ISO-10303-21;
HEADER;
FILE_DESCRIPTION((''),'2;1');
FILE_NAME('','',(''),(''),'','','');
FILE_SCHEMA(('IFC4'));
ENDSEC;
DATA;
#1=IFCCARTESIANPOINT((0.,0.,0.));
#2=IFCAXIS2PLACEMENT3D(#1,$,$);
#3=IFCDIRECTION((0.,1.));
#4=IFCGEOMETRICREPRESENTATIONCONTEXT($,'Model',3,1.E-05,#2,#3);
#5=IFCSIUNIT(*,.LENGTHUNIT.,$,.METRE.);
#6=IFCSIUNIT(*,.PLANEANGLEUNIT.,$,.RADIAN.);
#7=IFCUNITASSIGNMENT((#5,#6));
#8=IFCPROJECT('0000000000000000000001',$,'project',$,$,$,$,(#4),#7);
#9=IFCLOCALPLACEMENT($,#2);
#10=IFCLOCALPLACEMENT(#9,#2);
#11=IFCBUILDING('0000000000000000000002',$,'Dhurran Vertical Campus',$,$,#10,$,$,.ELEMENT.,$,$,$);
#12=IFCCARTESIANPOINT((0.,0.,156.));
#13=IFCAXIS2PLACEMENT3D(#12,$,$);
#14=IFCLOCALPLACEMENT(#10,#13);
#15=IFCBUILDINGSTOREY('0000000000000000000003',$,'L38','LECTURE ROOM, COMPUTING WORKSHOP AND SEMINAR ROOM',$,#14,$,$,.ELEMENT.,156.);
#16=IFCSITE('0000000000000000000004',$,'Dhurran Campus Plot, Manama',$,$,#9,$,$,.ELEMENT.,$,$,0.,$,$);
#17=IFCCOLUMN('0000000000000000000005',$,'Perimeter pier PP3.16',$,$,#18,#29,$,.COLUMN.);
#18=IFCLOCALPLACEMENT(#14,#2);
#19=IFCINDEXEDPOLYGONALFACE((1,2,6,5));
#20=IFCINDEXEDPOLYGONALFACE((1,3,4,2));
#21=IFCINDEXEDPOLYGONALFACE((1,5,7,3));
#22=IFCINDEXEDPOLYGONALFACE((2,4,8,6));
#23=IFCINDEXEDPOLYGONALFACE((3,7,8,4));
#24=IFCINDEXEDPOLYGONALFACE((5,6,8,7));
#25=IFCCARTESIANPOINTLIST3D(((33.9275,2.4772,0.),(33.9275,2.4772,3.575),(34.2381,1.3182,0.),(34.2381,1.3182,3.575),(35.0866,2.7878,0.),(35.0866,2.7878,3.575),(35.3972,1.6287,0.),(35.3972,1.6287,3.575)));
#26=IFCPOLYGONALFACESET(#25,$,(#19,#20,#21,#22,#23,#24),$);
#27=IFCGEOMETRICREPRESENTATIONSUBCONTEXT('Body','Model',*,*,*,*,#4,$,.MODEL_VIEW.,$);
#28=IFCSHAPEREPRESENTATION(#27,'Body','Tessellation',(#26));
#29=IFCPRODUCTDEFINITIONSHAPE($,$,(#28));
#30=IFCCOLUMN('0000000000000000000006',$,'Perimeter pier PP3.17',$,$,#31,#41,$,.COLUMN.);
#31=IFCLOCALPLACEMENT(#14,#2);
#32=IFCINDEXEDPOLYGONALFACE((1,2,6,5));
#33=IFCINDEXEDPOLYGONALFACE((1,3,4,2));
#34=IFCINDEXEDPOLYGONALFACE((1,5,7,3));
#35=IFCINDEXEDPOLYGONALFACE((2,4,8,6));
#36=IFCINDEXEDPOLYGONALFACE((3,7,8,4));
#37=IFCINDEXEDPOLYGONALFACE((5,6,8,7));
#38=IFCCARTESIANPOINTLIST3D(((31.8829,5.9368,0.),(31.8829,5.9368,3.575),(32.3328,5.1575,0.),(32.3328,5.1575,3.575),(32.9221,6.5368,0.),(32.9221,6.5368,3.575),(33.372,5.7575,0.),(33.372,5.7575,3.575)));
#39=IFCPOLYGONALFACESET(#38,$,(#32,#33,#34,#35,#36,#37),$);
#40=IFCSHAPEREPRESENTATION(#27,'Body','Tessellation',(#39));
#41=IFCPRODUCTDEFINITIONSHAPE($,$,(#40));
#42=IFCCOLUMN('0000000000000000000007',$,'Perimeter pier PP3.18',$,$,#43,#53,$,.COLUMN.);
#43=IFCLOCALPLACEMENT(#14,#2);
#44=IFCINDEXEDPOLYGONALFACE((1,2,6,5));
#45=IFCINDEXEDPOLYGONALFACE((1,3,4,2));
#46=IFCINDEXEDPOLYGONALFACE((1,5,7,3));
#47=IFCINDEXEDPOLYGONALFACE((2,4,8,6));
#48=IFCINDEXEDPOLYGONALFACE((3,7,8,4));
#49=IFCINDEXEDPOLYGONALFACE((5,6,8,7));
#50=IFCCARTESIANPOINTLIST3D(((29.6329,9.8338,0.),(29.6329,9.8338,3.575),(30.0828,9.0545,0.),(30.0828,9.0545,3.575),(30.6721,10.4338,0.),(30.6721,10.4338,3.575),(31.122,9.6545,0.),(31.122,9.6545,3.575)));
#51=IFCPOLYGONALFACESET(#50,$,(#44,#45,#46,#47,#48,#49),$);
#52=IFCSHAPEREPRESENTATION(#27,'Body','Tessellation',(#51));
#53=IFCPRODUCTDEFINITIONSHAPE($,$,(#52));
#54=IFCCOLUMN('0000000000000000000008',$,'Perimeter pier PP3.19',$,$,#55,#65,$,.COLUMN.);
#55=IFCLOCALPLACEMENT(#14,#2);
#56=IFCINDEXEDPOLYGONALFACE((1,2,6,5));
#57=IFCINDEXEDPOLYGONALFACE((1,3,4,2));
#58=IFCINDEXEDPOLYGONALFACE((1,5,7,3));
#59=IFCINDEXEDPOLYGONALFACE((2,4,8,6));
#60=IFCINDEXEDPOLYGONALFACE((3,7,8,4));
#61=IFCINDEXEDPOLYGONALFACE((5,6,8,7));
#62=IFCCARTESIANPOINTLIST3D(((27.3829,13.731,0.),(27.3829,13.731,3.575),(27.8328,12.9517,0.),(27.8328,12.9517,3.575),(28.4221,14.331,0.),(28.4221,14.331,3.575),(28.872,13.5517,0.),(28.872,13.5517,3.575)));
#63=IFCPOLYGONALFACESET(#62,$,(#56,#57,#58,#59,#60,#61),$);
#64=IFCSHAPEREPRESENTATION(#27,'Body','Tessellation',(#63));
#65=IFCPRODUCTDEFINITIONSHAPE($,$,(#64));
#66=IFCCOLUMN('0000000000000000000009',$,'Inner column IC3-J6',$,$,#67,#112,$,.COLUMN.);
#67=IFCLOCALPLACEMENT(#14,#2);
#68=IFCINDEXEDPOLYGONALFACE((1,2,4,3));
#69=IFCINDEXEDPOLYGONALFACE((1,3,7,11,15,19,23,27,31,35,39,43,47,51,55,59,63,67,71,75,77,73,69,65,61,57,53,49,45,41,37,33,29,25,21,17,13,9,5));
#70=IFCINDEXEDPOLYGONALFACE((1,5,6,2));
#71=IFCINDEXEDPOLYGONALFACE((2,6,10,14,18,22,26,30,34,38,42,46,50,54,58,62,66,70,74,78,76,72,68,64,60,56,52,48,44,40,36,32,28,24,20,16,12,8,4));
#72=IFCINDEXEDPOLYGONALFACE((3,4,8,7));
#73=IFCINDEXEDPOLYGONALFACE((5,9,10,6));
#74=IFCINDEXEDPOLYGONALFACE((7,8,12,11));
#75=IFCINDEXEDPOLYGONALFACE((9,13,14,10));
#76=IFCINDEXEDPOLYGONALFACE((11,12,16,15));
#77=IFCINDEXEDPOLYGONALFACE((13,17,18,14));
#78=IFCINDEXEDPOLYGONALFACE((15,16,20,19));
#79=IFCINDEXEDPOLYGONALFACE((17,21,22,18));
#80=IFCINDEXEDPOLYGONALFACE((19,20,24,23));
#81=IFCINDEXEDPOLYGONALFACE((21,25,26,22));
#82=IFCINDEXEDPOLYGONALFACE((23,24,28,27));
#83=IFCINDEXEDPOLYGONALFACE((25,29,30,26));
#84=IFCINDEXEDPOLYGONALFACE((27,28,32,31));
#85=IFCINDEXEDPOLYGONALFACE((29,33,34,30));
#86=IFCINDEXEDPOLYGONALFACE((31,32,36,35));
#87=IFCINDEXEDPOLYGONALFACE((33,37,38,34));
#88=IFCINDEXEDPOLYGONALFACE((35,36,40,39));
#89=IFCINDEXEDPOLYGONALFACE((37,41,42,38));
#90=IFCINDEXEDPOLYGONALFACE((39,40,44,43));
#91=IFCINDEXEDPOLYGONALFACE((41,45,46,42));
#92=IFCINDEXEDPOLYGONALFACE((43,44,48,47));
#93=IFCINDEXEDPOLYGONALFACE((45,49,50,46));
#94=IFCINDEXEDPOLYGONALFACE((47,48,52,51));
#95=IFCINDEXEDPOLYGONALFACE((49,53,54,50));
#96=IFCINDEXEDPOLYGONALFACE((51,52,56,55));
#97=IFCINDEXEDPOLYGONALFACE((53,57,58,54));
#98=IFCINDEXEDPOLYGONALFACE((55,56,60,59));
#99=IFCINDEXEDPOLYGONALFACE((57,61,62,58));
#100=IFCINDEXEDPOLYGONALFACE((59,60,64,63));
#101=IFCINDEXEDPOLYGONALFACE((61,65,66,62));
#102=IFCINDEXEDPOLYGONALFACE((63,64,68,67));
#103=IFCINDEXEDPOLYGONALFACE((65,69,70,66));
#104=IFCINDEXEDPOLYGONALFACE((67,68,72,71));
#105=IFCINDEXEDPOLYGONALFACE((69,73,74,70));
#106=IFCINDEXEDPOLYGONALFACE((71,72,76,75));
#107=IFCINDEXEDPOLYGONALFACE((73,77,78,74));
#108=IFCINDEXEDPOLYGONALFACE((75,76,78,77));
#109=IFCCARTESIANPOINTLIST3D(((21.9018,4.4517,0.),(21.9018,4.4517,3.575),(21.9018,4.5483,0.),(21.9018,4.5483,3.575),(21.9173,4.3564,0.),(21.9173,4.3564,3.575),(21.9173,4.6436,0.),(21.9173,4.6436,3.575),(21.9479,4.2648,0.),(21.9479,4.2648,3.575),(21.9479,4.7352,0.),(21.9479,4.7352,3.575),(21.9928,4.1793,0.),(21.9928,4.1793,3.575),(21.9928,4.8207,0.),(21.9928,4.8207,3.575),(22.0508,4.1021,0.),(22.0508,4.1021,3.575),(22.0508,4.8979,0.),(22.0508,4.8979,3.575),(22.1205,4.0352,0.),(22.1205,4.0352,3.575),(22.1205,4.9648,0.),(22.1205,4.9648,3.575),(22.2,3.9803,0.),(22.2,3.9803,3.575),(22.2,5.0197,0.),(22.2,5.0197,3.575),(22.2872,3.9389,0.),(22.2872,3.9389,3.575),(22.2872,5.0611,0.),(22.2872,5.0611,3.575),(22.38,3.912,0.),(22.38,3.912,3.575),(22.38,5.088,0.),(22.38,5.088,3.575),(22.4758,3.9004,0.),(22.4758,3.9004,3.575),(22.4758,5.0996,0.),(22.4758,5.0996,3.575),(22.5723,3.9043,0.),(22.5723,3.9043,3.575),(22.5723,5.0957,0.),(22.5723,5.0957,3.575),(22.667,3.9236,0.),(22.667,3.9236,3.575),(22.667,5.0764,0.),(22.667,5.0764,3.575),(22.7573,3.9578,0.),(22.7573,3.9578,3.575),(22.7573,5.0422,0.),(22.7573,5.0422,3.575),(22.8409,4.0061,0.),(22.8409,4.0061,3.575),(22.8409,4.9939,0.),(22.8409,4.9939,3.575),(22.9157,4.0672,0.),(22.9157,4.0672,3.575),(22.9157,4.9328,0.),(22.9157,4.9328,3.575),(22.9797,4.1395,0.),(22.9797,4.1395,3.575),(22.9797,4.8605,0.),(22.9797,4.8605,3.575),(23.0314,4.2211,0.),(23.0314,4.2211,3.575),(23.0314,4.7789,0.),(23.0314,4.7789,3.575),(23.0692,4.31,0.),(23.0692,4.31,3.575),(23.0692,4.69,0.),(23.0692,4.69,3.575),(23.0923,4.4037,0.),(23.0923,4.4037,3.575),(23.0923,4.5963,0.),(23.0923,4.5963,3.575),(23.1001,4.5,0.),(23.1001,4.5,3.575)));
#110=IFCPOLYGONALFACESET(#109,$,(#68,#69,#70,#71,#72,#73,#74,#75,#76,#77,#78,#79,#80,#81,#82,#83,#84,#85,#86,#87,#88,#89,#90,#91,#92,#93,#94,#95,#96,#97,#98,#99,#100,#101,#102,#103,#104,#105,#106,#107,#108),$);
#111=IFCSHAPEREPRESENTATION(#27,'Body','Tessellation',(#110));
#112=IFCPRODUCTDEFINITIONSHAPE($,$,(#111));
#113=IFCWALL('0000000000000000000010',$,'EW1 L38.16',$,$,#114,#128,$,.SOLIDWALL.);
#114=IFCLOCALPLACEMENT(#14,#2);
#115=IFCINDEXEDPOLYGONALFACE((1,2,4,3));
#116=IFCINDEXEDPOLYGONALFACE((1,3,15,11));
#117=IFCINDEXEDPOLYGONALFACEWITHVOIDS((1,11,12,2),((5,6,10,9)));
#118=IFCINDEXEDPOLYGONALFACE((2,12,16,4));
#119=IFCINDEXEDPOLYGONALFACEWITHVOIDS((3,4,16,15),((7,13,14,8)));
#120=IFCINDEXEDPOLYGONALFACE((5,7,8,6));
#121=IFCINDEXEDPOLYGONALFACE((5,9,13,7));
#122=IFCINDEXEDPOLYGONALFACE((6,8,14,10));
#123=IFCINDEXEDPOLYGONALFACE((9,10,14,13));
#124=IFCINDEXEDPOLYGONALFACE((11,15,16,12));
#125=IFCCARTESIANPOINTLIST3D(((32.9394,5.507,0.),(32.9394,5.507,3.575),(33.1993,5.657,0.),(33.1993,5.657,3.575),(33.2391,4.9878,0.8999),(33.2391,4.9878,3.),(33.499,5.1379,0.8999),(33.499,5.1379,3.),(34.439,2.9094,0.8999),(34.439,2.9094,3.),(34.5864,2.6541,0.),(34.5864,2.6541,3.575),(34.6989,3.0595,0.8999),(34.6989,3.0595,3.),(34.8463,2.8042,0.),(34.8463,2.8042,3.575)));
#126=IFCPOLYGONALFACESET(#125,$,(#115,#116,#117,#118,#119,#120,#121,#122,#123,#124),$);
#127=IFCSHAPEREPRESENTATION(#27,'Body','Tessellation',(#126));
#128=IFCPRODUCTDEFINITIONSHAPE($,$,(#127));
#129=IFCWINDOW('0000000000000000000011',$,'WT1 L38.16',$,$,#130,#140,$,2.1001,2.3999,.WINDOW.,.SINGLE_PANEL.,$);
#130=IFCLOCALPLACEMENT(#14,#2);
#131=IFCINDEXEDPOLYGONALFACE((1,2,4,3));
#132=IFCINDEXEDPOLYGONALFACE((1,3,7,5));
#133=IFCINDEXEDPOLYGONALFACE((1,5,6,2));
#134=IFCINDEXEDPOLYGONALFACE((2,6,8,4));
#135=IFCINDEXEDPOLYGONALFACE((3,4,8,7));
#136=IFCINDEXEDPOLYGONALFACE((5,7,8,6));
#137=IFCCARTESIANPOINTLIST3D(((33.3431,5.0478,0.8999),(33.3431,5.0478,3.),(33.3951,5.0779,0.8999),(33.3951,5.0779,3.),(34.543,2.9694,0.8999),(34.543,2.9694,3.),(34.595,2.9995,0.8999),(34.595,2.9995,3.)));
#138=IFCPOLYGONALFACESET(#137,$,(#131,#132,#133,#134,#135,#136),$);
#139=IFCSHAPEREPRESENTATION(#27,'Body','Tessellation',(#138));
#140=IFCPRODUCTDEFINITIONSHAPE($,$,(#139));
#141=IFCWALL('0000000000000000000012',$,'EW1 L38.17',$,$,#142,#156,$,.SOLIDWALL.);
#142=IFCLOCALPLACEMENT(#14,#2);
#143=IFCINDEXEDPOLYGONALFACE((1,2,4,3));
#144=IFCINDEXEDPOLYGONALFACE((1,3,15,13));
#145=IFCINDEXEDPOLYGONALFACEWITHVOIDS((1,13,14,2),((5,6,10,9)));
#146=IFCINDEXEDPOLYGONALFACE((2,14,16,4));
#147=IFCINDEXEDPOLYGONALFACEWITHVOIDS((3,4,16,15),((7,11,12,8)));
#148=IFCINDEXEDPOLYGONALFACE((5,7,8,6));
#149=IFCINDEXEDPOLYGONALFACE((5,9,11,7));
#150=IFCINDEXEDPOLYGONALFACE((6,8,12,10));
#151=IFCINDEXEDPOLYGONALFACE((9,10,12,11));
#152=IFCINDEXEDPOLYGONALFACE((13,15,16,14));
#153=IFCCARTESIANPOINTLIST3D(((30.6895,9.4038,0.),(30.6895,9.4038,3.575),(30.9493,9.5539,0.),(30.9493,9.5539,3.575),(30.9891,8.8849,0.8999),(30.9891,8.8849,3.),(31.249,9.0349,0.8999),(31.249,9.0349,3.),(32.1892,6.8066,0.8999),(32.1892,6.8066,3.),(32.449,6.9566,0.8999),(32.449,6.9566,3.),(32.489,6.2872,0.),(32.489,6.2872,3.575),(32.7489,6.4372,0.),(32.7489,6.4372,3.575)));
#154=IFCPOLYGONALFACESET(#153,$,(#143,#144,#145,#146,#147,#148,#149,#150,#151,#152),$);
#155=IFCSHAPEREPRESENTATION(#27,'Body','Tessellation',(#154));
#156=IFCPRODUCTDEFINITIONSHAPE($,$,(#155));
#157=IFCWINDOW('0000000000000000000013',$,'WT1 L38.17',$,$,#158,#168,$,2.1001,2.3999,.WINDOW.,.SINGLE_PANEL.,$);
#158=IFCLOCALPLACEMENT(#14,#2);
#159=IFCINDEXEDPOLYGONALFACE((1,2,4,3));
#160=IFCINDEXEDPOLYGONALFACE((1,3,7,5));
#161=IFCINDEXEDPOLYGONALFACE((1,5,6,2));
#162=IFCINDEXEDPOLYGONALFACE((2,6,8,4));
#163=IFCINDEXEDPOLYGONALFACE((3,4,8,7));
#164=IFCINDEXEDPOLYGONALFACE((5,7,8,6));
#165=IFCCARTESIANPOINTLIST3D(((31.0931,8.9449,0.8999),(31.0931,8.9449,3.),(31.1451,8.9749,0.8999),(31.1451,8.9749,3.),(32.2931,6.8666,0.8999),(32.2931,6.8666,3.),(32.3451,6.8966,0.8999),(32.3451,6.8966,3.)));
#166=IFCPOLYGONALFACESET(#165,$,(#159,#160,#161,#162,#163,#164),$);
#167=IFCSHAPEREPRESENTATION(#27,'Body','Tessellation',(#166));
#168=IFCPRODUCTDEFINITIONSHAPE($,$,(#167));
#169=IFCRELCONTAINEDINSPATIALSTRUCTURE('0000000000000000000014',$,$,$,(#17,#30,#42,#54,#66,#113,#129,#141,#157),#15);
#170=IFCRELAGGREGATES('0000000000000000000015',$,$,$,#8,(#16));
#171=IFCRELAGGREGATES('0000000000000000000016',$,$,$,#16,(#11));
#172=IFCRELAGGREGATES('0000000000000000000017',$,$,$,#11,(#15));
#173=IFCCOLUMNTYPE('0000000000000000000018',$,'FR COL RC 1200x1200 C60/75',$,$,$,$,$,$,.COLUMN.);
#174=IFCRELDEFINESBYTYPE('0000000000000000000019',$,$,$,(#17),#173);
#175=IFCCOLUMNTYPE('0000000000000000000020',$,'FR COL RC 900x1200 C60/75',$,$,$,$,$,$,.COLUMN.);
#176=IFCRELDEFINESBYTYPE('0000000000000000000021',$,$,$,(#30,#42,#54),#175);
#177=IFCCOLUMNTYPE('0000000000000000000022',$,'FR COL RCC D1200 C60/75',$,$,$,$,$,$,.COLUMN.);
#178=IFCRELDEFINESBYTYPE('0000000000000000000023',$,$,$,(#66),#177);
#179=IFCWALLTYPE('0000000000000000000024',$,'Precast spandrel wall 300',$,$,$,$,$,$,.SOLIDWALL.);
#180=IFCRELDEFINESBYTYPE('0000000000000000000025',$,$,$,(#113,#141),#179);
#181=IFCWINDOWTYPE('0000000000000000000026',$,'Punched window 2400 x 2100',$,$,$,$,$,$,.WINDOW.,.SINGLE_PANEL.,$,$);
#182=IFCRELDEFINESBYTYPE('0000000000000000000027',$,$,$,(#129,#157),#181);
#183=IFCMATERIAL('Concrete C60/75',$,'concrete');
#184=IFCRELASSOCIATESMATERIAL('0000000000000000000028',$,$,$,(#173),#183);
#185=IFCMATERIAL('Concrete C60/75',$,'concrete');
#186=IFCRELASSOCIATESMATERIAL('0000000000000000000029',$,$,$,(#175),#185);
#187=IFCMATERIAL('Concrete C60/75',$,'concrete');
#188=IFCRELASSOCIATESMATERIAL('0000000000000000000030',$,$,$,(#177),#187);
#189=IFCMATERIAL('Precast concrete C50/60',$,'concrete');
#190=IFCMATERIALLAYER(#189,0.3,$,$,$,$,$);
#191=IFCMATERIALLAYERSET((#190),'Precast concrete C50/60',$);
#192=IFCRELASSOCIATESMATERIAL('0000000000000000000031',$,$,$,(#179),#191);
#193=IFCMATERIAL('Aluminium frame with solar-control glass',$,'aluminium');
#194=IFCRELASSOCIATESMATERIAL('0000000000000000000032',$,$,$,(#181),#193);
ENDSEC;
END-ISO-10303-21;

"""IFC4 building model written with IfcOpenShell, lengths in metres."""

from ifc_helpers import new_model, si_unit, direction, frame, frame_2d, origin, origin_2d, place, context, subcontext, project, spatial, rectangle, circle, extrude, material, layer, layer_set, material_profile, profile_set, type_object, element, fill, save


model = new_model("IFC4")

# Units and contexts
model_context = context("Model", 3, precision=1e-05, world=origin(), true_north=direction((0.0, 1.0)))
body_context = subcontext(model_context, "Body", "Model", "MODEL_VIEW")
ifc_project = project(units=[si_unit("LENGTHUNIT", "METRE"), si_unit("PLANEANGLEUNIT", "RADIAN")], contexts=[model_context])

# Site, building, storey
site_placement = place(None, origin())
site = spatial("IfcSite", under=ifc_project, at=site_placement, Name="Dhurran Campus Plot, Manama", CompositionType="ELEMENT", RefElevation=0.0)
building_placement = place(site_placement, origin())
building = spatial("IfcBuilding", under=site, at=building_placement, Name="Dhurran Vertical Campus", CompositionType="ELEMENT")
storey_placement = place(building_placement, frame((0.0, 0.0, 156.0)))
storey = spatial("IfcBuildingStorey", under=building, at=storey_placement, Name="L38", Description="LECTURE ROOM, COMPUTING WORKSHOP AND SEMINAR ROOM", CompositionType="ELEMENT", Elevation=156.0)

# Columns
ifc_material_1 = material(Name="Concrete C60/75", Category="concrete")
ifc_material_profile_1 = material_profile(ifc_material_1, rectangle(XDim=1.2, YDim=1.2, at=origin_2d()), Name="RC 1200x1200")
ifc_profile_set_1 = profile_set([ifc_material_profile_1], Name="Concrete C60/75")
column_type_1 = type_object("IfcColumnType", Name="FR COL RC 1200x1200 C60/75", PredefinedType="COLUMN", material=ifc_profile_set_1)
column_1_placement = place(storey_placement, frame((34.6624, 2.053, 0.0), z_axis=(0.0, 0.0, 1.0), x_axis=(-0.258819, 0.965926, 0.0)))
element("IfcColumn", 1, at=column_1_placement, inside=storey, type_object=column_type_1, Name="Perimeter pier PP3.16", PredefinedType="COLUMN", context=body_context, shape_type="SweptSolid", body=[
    extrude(rectangle(XDim=1.2, YDim=1.2, at=origin_2d()), origin(), (0.0, 0.0, 1.0), 3.575),
])
ifc_material_2 = material(Name="Concrete C60/75", Category="concrete")
ifc_material_profile_2 = material_profile(ifc_material_2, rectangle(XDim=0.8999, YDim=1.2, at=origin_2d()), Name="RC 900x1200")
ifc_profile_set_2 = profile_set([ifc_material_profile_2], Name="Concrete C60/75")
column_type_2 = type_object("IfcColumnType", Name="FR COL RC 900x1200 C60/75", PredefinedType="COLUMN", material=ifc_profile_set_2)
for number, where, z_axis, x_axis, name in (
    (2, (32.6274, 5.8472, 0.0), (0.0, 0.0, 1.0), (-0.5, 0.866025, 0.0), "Perimeter pier PP3.17"),
    (3, (30.3774, 9.7441, 0.0), (0.0, 0.0, 1.0), (-0.5, 0.866025, 0.0), "Perimeter pier PP3.18"),
    (4, (28.1274, 13.6414, 0.0), (0.0, 0.0, 1.0), (-0.5, 0.866025, 0.0), "Perimeter pier PP3.19"),
):
    element("IfcColumn", number, at=place(storey_placement, frame(where, z_axis=z_axis, x_axis=x_axis)), inside=storey, type_object=column_type_2, Name=name, PredefinedType="COLUMN", context=body_context, shape_type="SweptSolid", body=[
        extrude(rectangle(XDim=0.8999, YDim=1.2, at=origin_2d()), origin(), (0.0, 0.0, 1.0), 3.575),
    ])
ifc_material_3 = material(Name="Concrete C60/75", Category="concrete")
ifc_material_profile_3 = material_profile(ifc_material_3, circle(Radius=0.6001, at=origin_2d()), Name="RCC D1200")
ifc_profile_set_3 = profile_set([ifc_material_profile_3], Name="Concrete C60/75")
column_type_3 = type_object("IfcColumnType", Name="FR COL RCC D1200 C60/75", PredefinedType="COLUMN", material=ifc_profile_set_3)
column_2_placement = place(storey_placement, frame((22.5, 4.5, 0.0), z_axis=(0.0, 0.0, 1.0), x_axis=(1.0, 0.0, 0.0)))
element("IfcColumn", 5, at=column_2_placement, inside=storey, type_object=column_type_3, Name="Inner column IC3-J6", PredefinedType="COLUMN", context=body_context, shape_type="SweptSolid", body=[
    extrude(circle(Radius=0.6001, at=origin_2d()), origin(), (0.0, 0.0, 1.0), 3.575),
])

# Walls, openings, windows
ifc_material_4 = material(Name="Precast concrete C50/60", Category="concrete")
ifc_layer_1 = layer(ifc_material_4, 0.3)
ifc_layer_set_1 = layer_set([ifc_layer_1], Name="Precast concrete C50/60")
wall_type_1 = type_object("IfcWallType", Name="Precast spandrel wall 300", PredefinedType="SOLIDWALL", material=ifc_layer_set_1)
wall_1_placement = place(storey_placement, frame((34.7163, 2.7292, 0.0), z_axis=(0.0, 0.0, 1.0), x_axis=(-0.499981, 0.866036, 0.0)))
wall_1 = element("IfcWall", 6, at=wall_1_placement, inside=storey, type_object=wall_type_1, Name="EW1 L38.16", PredefinedType="SOLIDWALL", context=body_context, shape_type="SweptSolid", body=[
    extrude(rectangle(XDim=3.2942, YDim=0.3, at=frame_2d((1.647, 0.0))), origin(), (0.0, 0.0, 1.0), 3.575),
])
opening_1_placement = place(wall_1_placement, frame((0.2947, 0.0, 0.8999)))
opening_1 = element("IfcOpeningElement", 7, at=opening_1_placement, cuts=wall_1, PredefinedType="OPENING", context=body_context, shape_type="SweptSolid", body=[
    extrude(rectangle(XDim=2.3999, YDim=2.1001, at=frame_2d((1.2, 1.05))), frame((0.0, 0.1599, 0.0), z_axis=(0.0, -1.0, 0.0), x_axis=(1.0, 0.0, 0.0)), (0.0, 0.0, 1.0), 0.3201),
])
ifc_material_5 = material(Name="Aluminium frame with solar-control glass", Category="aluminium")
window_type = type_object("IfcWindowType", Name="Punched window 2400 x 2100", PartitioningType="SINGLE_PANEL", PredefinedType="WINDOW", material=ifc_material_5)
window_1_placement = place(opening_1_placement, origin())
window_1 = element("IfcWindow", 8, at=window_1_placement, inside=storey, type_object=window_type, Name="WT1 L38.16", OverallHeight=2.1001, OverallWidth=2.3999, PartitioningType="SINGLE_PANEL", PredefinedType="WINDOW", context=body_context, shape_type="SweptSolid", body=[
    extrude(rectangle(XDim=2.3999, YDim=2.1001, at=frame_2d((1.2, 1.05))), frame((0.0, 0.03, 0.0), z_axis=(0.0, -1.0, 0.0), x_axis=(1.0, 0.0, 0.0)), (0.0, 0.0, 1.0), 0.0601),
])
fill(opening_1, window_1)
wall_2_placement = place(storey_placement, frame((32.6189, 6.3623, 0.0), z_axis=(0.0, 0.0, 1.0), x_axis=(-0.500028, 0.866009, 0.0)))
wall_2 = element("IfcWall", 9, at=wall_2_placement, inside=storey, type_object=wall_type_1, Name="EW1 L38.17", PredefinedType="SOLIDWALL", context=body_context, shape_type="SweptSolid", body=[
    extrude(rectangle(XDim=3.5989, YDim=0.3, at=frame_2d((1.7993, 0.0))), origin(), (0.0, 0.0, 1.0), 3.575),
])
opening_2_placement = place(wall_2_placement, frame((0.5996, 0.0, 0.8999)))
opening_2 = element("IfcOpeningElement", 10, at=opening_2_placement, cuts=wall_2, PredefinedType="OPENING", context=body_context, shape_type="SweptSolid", body=[
    extrude(rectangle(XDim=2.3999, YDim=2.1001, at=frame_2d((1.2, 1.05))), frame((0.0, 0.1599, 0.0), z_axis=(0.0, -1.0, 0.0), x_axis=(1.0, 0.0, 0.0)), (0.0, 0.0, 1.0), 0.3201),
])
window_2_placement = place(opening_2_placement, origin())
window_2 = element("IfcWindow", 11, at=window_2_placement, inside=storey, type_object=window_type, Name="WT1 L38.17", OverallHeight=2.1001, OverallWidth=2.3999, PartitioningType="SINGLE_PANEL", PredefinedType="WINDOW", context=body_context, shape_type="SweptSolid", body=[
    extrude(rectangle(XDim=2.3999, YDim=2.1001, at=frame_2d((1.2, 1.05))), frame((0.0, 0.03, 0.0), z_axis=(0.0, -1.0, 0.0), x_axis=(1.0, 0.0, 0.0)), (0.0, 0.0, 1.0), 0.0601),
])
fill(opening_2, window_2)

save(model, "model.ifc")
